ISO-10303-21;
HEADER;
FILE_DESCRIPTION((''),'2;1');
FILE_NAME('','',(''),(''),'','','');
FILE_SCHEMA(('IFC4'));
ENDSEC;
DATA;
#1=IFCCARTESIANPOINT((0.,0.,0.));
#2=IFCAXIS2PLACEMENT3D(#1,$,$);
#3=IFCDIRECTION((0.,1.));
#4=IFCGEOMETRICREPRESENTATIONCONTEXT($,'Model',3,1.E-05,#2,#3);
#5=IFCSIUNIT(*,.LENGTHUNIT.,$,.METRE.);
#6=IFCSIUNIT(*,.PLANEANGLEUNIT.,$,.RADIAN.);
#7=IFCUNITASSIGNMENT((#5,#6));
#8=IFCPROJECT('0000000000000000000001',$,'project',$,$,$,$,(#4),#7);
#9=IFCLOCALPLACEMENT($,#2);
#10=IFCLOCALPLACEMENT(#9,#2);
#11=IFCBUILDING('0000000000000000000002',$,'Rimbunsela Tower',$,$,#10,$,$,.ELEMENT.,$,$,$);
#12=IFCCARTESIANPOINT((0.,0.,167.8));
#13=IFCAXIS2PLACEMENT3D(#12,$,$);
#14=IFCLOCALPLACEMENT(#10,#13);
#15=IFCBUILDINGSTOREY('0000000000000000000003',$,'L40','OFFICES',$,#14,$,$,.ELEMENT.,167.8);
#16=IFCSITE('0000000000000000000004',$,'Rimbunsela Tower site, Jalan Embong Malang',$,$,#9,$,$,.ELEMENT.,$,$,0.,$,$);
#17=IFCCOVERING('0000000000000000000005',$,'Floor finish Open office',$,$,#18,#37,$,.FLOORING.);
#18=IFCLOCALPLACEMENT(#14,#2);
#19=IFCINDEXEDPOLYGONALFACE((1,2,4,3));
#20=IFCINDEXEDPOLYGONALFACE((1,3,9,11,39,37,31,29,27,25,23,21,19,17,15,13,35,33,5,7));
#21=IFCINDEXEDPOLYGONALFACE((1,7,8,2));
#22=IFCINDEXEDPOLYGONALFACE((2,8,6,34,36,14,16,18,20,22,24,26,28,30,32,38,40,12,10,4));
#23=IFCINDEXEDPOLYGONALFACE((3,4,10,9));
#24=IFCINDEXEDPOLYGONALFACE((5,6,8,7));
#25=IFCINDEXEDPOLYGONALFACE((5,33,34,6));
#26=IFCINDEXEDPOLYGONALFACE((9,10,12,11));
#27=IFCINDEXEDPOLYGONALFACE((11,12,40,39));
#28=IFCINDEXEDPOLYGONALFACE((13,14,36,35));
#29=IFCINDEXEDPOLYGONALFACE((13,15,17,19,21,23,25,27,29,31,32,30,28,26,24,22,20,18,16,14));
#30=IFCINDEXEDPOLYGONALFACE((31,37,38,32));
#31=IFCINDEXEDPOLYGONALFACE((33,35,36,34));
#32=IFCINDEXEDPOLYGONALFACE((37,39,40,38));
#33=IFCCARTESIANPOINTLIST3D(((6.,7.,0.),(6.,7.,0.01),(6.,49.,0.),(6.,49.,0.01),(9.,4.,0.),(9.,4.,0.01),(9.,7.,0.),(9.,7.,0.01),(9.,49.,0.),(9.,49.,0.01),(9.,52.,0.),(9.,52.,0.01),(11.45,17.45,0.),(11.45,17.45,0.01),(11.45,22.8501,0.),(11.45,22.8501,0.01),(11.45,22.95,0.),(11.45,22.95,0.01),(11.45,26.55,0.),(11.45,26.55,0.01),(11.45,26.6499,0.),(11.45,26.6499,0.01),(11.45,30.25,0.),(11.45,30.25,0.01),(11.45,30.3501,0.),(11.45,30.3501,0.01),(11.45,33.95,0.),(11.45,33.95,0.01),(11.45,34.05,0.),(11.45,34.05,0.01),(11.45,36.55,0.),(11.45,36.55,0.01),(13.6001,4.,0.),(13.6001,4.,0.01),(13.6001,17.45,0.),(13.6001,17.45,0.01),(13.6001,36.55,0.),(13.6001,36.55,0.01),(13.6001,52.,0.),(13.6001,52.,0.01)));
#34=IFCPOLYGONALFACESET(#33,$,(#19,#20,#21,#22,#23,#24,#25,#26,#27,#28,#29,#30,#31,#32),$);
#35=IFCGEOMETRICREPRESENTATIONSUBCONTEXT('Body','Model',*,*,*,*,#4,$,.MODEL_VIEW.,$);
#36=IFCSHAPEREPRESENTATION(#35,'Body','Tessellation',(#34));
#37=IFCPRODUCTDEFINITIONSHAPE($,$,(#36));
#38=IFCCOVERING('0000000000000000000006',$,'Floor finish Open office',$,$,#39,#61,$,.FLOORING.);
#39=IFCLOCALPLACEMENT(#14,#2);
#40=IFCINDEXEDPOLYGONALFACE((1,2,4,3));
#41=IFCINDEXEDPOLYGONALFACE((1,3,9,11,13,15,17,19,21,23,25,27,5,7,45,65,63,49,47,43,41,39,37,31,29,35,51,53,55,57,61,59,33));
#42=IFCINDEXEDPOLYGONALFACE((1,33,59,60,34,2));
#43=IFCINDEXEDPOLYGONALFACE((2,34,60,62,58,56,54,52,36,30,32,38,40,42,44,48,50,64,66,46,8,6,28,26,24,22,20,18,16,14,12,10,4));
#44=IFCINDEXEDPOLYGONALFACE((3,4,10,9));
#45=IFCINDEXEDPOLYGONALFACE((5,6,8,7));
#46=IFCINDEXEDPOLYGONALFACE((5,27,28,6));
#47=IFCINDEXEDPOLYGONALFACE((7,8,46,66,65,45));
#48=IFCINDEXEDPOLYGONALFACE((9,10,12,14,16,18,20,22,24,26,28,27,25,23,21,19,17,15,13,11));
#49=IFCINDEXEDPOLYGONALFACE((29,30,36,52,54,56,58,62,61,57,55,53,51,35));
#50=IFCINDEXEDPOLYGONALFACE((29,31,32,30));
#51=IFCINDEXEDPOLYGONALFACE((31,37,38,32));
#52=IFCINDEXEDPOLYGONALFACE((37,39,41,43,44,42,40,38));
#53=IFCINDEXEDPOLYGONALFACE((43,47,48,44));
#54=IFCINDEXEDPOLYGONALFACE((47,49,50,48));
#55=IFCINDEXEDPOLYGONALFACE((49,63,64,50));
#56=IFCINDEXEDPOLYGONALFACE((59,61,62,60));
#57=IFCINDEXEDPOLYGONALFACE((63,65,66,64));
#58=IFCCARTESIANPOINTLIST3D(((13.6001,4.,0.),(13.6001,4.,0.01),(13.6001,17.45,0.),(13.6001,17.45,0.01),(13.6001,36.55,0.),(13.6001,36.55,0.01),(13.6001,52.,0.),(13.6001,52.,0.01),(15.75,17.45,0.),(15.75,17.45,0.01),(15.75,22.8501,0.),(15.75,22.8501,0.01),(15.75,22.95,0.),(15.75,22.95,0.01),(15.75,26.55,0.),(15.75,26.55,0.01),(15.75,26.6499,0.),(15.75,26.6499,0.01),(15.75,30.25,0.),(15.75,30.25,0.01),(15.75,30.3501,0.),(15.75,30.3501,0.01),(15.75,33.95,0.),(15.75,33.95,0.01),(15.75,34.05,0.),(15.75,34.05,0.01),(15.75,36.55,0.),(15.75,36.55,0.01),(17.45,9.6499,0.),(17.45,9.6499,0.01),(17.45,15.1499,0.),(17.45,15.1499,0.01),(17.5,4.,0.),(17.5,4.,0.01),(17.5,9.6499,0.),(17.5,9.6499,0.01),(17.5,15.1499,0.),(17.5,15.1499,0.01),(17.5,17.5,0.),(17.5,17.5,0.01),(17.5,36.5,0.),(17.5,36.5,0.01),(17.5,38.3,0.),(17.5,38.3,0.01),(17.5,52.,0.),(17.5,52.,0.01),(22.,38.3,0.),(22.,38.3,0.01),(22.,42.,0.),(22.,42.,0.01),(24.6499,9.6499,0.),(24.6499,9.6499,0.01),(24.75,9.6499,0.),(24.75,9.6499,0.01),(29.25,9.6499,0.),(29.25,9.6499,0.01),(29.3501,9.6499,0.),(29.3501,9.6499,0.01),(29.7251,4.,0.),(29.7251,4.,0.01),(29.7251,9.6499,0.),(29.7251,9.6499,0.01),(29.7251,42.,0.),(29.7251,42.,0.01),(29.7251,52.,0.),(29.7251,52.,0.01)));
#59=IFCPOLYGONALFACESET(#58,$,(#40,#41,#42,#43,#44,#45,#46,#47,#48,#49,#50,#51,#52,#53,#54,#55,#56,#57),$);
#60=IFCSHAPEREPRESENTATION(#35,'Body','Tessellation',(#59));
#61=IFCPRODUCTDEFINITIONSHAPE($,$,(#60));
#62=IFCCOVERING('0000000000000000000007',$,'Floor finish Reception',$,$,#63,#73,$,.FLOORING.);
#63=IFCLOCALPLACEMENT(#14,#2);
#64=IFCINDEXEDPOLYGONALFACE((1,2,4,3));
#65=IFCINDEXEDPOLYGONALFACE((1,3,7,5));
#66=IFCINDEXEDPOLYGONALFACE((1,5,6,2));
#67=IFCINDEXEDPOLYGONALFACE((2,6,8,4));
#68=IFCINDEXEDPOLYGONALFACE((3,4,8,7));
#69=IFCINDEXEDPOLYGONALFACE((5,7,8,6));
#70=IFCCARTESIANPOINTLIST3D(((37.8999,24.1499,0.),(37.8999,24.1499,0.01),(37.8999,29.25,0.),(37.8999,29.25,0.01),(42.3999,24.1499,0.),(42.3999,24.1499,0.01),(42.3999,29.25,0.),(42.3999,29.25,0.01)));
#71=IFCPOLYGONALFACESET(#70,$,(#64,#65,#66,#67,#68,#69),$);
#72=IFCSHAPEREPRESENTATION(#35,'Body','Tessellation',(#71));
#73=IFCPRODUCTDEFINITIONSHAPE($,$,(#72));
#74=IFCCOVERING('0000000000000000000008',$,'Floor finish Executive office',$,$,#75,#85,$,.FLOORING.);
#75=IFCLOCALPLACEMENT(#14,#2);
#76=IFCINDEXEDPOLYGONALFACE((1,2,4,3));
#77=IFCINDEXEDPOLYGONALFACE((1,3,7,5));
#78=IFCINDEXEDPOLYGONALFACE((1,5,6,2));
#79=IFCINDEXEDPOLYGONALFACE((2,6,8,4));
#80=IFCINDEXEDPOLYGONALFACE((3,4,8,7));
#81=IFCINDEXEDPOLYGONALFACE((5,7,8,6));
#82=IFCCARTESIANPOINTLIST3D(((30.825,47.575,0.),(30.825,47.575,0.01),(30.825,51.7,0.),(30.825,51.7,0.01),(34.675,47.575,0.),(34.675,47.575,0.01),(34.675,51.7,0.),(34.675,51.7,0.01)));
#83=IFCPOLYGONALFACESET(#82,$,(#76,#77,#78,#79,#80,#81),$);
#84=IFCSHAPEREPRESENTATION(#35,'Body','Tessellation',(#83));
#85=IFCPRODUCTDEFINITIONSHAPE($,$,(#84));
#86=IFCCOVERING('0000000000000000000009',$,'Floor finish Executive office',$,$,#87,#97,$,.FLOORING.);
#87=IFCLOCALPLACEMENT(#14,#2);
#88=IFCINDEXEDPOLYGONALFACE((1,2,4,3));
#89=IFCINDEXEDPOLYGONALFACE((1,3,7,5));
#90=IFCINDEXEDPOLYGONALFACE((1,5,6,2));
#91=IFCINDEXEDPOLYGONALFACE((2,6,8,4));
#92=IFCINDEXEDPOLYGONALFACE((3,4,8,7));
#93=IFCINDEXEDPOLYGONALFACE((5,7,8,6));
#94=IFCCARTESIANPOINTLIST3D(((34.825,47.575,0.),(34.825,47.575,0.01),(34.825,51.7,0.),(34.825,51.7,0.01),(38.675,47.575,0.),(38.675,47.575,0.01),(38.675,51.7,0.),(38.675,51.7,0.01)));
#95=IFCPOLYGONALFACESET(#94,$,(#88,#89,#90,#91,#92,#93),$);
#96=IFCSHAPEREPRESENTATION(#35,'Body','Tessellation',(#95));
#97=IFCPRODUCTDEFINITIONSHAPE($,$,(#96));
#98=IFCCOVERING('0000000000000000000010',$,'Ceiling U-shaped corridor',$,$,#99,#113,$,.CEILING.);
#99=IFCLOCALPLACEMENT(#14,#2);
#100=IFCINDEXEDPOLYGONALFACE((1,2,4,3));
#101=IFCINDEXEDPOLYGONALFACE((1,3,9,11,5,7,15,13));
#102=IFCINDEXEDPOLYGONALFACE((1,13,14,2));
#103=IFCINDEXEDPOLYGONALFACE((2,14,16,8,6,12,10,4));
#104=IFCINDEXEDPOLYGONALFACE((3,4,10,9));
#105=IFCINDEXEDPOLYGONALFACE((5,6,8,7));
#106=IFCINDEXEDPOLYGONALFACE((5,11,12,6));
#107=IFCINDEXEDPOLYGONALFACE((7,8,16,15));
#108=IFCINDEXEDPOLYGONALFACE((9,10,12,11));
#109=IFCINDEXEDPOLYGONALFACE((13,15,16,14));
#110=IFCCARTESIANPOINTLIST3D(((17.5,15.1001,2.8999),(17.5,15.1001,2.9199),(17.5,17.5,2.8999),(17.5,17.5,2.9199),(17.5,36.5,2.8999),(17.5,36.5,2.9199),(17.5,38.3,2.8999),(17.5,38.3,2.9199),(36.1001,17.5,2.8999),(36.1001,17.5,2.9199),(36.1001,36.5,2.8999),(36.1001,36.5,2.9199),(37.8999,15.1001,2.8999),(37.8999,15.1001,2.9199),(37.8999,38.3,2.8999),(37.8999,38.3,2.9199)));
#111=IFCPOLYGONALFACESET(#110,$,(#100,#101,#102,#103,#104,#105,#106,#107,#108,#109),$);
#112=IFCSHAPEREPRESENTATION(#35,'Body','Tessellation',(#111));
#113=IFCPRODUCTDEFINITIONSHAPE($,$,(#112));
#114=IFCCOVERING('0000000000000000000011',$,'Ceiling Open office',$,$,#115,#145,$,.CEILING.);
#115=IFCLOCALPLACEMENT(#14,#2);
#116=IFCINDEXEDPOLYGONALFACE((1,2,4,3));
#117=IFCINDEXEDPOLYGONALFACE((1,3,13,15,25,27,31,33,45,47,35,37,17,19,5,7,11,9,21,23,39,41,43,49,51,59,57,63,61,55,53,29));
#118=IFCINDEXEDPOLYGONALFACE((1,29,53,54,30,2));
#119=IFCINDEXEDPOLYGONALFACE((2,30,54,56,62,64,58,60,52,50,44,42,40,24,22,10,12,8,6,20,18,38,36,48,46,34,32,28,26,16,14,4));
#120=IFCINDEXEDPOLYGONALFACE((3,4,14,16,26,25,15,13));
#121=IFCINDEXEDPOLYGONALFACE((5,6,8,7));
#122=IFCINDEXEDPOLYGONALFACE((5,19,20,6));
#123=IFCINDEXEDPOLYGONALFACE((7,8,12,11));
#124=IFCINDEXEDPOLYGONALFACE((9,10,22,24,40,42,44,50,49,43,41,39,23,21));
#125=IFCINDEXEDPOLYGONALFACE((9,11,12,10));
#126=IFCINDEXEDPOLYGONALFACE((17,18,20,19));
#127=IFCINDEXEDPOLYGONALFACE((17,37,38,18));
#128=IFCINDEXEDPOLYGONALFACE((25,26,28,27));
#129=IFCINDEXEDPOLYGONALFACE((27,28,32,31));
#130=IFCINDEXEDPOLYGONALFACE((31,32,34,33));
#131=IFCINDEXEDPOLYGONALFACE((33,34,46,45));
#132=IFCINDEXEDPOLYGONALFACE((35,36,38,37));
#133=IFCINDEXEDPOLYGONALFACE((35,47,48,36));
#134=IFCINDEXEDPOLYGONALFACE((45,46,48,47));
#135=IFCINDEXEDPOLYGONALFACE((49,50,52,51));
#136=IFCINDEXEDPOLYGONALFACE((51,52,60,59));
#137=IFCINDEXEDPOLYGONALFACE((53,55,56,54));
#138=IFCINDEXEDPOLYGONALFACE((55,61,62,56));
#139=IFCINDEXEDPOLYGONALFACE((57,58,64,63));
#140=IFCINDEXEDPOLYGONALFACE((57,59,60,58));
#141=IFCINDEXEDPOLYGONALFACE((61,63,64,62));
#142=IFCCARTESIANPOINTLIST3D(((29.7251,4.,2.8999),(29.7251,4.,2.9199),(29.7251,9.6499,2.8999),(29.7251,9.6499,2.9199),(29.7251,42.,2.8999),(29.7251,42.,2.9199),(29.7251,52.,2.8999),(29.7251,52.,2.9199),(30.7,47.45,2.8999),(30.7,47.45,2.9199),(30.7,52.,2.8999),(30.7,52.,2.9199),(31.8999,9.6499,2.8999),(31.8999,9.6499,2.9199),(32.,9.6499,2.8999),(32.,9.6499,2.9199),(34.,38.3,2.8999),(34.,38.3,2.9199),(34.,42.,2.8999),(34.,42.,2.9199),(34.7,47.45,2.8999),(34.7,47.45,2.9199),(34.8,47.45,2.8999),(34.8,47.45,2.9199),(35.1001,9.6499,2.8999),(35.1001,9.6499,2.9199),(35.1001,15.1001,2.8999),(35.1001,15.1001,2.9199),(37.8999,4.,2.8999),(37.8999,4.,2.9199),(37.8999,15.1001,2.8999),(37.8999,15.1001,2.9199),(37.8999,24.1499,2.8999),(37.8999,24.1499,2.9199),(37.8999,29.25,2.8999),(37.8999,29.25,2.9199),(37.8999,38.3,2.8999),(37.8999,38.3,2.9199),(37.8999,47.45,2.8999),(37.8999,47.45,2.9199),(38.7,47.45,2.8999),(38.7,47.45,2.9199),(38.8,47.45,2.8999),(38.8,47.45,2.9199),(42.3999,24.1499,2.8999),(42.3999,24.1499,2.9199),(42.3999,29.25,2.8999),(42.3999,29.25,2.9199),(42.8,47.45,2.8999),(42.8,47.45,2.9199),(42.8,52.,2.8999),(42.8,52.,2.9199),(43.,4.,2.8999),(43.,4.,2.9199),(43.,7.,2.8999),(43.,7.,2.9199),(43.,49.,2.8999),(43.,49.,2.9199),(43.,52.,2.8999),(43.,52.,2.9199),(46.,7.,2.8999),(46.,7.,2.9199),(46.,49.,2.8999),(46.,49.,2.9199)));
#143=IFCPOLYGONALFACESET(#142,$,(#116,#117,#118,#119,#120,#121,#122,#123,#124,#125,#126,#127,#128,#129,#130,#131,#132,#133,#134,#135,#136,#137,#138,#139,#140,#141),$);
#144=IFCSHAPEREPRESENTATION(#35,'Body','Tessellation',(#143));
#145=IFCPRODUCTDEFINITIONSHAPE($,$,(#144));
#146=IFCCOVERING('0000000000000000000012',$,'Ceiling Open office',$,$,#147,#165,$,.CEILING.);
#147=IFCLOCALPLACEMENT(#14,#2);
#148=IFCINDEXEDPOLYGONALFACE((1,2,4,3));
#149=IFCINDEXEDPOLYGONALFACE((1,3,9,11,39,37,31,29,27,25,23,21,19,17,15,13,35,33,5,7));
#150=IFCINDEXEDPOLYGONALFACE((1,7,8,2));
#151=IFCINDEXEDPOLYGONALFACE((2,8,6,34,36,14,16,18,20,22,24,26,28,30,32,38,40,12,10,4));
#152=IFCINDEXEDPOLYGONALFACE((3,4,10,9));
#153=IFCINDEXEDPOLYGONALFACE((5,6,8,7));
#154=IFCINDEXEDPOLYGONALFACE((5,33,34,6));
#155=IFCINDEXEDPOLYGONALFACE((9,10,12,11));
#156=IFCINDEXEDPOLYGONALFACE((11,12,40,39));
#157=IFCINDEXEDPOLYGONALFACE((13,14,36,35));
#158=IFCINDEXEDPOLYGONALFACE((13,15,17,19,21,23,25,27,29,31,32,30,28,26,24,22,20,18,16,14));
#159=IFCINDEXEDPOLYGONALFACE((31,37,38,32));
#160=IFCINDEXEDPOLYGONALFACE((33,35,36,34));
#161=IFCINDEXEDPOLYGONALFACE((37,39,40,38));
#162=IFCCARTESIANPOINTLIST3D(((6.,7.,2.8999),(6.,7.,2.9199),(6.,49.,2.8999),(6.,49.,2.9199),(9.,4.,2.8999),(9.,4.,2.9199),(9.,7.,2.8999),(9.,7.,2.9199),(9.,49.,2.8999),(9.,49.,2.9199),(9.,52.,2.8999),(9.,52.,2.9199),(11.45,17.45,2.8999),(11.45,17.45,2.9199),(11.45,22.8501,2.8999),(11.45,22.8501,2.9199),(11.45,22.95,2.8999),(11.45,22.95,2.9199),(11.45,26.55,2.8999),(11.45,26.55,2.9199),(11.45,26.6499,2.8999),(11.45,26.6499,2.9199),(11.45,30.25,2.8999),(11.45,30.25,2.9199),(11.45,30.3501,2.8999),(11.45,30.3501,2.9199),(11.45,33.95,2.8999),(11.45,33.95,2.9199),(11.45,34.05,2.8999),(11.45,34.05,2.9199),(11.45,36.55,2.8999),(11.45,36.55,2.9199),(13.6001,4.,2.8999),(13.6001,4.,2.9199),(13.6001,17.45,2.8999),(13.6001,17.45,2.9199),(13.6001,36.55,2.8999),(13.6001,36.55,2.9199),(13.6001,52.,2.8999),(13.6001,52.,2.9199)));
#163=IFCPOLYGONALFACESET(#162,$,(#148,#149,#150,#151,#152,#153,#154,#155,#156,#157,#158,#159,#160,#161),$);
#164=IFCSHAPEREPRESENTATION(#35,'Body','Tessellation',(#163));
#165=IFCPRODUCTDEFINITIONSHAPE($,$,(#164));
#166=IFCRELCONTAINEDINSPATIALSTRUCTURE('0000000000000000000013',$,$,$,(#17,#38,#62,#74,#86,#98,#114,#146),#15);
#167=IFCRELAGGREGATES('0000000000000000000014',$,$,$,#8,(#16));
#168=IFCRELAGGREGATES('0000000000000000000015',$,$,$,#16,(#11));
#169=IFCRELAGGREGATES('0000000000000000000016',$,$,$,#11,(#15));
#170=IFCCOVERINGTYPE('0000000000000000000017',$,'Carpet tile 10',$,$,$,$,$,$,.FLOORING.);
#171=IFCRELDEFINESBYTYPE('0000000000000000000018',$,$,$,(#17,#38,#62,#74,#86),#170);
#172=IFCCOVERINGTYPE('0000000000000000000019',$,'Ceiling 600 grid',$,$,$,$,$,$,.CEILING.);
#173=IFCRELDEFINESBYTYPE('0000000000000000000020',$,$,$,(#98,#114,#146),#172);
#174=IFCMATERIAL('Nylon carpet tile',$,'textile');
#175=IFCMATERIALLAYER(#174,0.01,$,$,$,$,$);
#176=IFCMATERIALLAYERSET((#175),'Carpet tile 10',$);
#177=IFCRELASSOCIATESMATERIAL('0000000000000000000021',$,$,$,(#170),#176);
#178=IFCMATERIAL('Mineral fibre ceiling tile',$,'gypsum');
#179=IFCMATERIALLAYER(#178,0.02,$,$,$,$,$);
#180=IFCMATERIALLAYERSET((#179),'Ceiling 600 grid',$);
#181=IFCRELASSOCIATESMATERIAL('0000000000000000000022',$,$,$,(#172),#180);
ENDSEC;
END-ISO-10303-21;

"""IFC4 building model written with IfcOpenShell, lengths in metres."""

from ifc_helpers import new_model, si_unit, direction, frame, origin, place, context, subcontext, project, spatial, polyline, outline, extrude, material, layer, layer_set, type_object, element, save


model = new_model("IFC4")

# Units and contexts
model_context = context("Model", 3, precision=1e-05, world=origin(), true_north=direction((0.0, 1.0)))
body_context = subcontext(model_context, "Body", "Model", "MODEL_VIEW")
ifc_project = project(units=[si_unit("LENGTHUNIT", "METRE"), si_unit("PLANEANGLEUNIT", "RADIAN")], contexts=[model_context])

# Site, building, storey
site_placement = place(None, origin())
site = spatial("IfcSite", under=ifc_project, at=site_placement, Name="Rimbunsela Tower site, Jalan Embong Malang", CompositionType="ELEMENT", RefElevation=0.0)
building_placement = place(site_placement, origin())
building = spatial("IfcBuilding", under=site, at=building_placement, Name="Rimbunsela Tower", CompositionType="ELEMENT")
storey_placement = place(building_placement, frame((0.0, 0.0, 167.8)))
storey = spatial("IfcBuildingStorey", under=building, at=storey_placement, Name="L40", Description="OFFICES", CompositionType="ELEMENT", Elevation=167.8)

# Coverings
ifc_material_1 = material(Name="Nylon carpet tile", Category="textile")
ifc_layer_1 = layer(ifc_material_1, 0.01)
ifc_layer_set_1 = layer_set([ifc_layer_1], Name="Carpet tile 10")
covering_type_1 = type_object("IfcCoveringType", Name="Carpet tile 10", PredefinedType="FLOORING", material=ifc_layer_set_1)
covering_1_placement = place(storey_placement, origin())
element("IfcCovering", 1, at=covering_1_placement, inside=storey, type_object=covering_type_1, Name="Floor finish Open office", PredefinedType="FLOORING", context=body_context, shape_type="SweptSolid", body=[
    extrude(outline(polyline([(13.6001, 4.0), (9.0, 4.0), (9.0, 7.0), (6.0, 7.0), (6.0, 49.0), (9.0, 49.0), (9.0, 52.0), (13.6001, 52.0), (13.6001, 36.55), (11.45, 36.55), (11.45, 34.05), (11.45, 33.95), (11.45, 30.3501), (11.45, 30.25), (11.45, 26.6499), (11.45, 26.55), (11.45, 22.95), (11.45, 22.8501), (11.45, 17.45), (13.6001, 17.45), (13.6001, 4.0)])), origin(), (0.0, 0.0, 1.0), 0.01),
])
covering_2_placement = place(storey_placement, origin())
element("IfcCovering", 2, at=covering_2_placement, inside=storey, type_object=covering_type_1, Name="Floor finish Open office", PredefinedType="FLOORING", context=body_context, shape_type="SweptSolid", body=[
    extrude(outline(polyline([(17.5, 4.0), (13.6001, 4.0), (13.6001, 17.45), (15.75, 17.45), (15.75, 22.8501), (15.75, 22.95), (15.75, 26.55), (15.75, 26.6499), (15.75, 30.25), (15.75, 30.3501), (15.75, 33.95), (15.75, 34.05), (15.75, 36.55), (13.6001, 36.55), (13.6001, 52.0), (17.5, 52.0), (29.7251, 52.0), (29.7251, 42.0), (22.0, 42.0), (22.0, 38.3), (17.5, 38.3), (17.5, 36.5), (17.5, 17.5), (17.5, 15.1499), (17.45, 15.1499), (17.45, 9.6499), (17.5, 9.6499), (24.6499, 9.6499), (24.75, 9.6499), (29.25, 9.6499), (29.3501, 9.6499), (29.7251, 9.6499), (29.7251, 4.0), (17.5, 4.0)])), origin(), (0.0, 0.0, 1.0), 0.01),
])
covering_3_placement = place(storey_placement, origin())
element("IfcCovering", 3, at=covering_3_placement, inside=storey, type_object=covering_type_1, Name="Floor finish Reception", PredefinedType="FLOORING", context=body_context, shape_type="SweptSolid", body=[
    extrude(outline(polyline([(42.3999, 24.1499), (42.3999, 29.25), (37.8999, 29.25), (37.8999, 24.1499), (42.3999, 24.1499)])), origin(), (0.0, 0.0, 1.0), 0.01),
])
covering_4_placement = place(storey_placement, origin())
element("IfcCovering", 4, at=covering_4_placement, inside=storey, type_object=covering_type_1, Name="Floor finish Executive office", PredefinedType="FLOORING", context=body_context, shape_type="SweptSolid", body=[
    extrude(outline(polyline([(34.675, 47.575), (34.675, 51.7), (30.825, 51.7), (30.825, 47.575), (34.675, 47.575)])), origin(), (0.0, 0.0, 1.0), 0.01),
])
covering_5_placement = place(storey_placement, origin())
element("IfcCovering", 5, at=covering_5_placement, inside=storey, type_object=covering_type_1, Name="Floor finish Executive office", PredefinedType="FLOORING", context=body_context, shape_type="SweptSolid", body=[
    extrude(outline(polyline([(38.675, 47.575), (38.675, 51.7), (34.825, 51.7), (34.825, 47.575), (38.675, 47.575)])), origin(), (0.0, 0.0, 1.0), 0.01),
])
ifc_material_2 = material(Name="Mineral fibre ceiling tile", Category="gypsum")
ifc_layer_2 = layer(ifc_material_2, 0.02)
ifc_layer_set_2 = layer_set([ifc_layer_2], Name="Ceiling 600 grid")
covering_type_2 = type_object("IfcCoveringType", Name="Ceiling 600 grid", PredefinedType="CEILING", material=ifc_layer_set_2)
covering_6_placement = place(storey_placement, frame((0.0, 0.0, 2.8999)))
element("IfcCovering", 6, at=covering_6_placement, inside=storey, type_object=covering_type_2, Name="Ceiling U-shaped corridor", PredefinedType="CEILING", context=body_context, shape_type="SweptSolid", body=[
    extrude(outline(polyline([(37.8999, 38.3), (37.8999, 15.1001), (17.5, 15.1001), (17.5, 17.5), (36.1001, 17.5), (36.1001, 36.5), (17.5, 36.5), (17.5, 38.3), (37.8999, 38.3)])), origin(), (0.0, 0.0, 1.0), 0.02),
])
covering_7_placement = place(storey_placement, frame((0.0, 0.0, 2.8999)))
element("IfcCovering", 7, at=covering_7_placement, inside=storey, type_object=covering_type_2, Name="Ceiling Open office", PredefinedType="CEILING", context=body_context, shape_type="SweptSolid", body=[
    extrude(outline(polyline([(29.7251, 52.0), (30.7, 52.0), (30.7, 47.45), (34.7, 47.45), (34.8, 47.45), (37.8999, 47.45), (38.7, 47.45), (38.8, 47.45), (42.8, 47.45), (42.8, 52.0), (43.0, 52.0), (43.0, 49.0), (46.0, 49.0), (46.0, 7.0), (43.0, 7.0), (43.0, 4.0), (37.8999, 4.0), (29.7251, 4.0), (29.7251, 9.6499), (31.8999, 9.6499), (32.0, 9.6499), (35.1001, 9.6499), (35.1001, 15.1001), (37.8999, 15.1001), (37.8999, 24.1499), (42.3999, 24.1499), (42.3999, 29.25), (37.8999, 29.25), (37.8999, 38.3), (34.0, 38.3), (34.0, 42.0), (29.7251, 42.0), (29.7251, 52.0)])), origin(), (0.0, 0.0, 1.0), 0.02),
])
covering_8_placement = place(storey_placement, frame((0.0, 0.0, 2.8999)))
element("IfcCovering", 8, at=covering_8_placement, inside=storey, type_object=covering_type_2, Name="Ceiling Open office", PredefinedType="CEILING", context=body_context, shape_type="SweptSolid", body=[
    extrude(outline(polyline([(13.6001, 4.0), (9.0, 4.0), (9.0, 7.0), (6.0, 7.0), (6.0, 49.0), (9.0, 49.0), (9.0, 52.0), (13.6001, 52.0), (13.6001, 36.55), (11.45, 36.55), (11.45, 34.05), (11.45, 33.95), (11.45, 30.3501), (11.45, 30.25), (11.45, 26.6499), (11.45, 26.55), (11.45, 22.95), (11.45, 22.8501), (11.45, 17.45), (13.6001, 17.45), (13.6001, 4.0)])), origin(), (0.0, 0.0, 1.0), 0.02),
])

save(model, "model.ifc")
